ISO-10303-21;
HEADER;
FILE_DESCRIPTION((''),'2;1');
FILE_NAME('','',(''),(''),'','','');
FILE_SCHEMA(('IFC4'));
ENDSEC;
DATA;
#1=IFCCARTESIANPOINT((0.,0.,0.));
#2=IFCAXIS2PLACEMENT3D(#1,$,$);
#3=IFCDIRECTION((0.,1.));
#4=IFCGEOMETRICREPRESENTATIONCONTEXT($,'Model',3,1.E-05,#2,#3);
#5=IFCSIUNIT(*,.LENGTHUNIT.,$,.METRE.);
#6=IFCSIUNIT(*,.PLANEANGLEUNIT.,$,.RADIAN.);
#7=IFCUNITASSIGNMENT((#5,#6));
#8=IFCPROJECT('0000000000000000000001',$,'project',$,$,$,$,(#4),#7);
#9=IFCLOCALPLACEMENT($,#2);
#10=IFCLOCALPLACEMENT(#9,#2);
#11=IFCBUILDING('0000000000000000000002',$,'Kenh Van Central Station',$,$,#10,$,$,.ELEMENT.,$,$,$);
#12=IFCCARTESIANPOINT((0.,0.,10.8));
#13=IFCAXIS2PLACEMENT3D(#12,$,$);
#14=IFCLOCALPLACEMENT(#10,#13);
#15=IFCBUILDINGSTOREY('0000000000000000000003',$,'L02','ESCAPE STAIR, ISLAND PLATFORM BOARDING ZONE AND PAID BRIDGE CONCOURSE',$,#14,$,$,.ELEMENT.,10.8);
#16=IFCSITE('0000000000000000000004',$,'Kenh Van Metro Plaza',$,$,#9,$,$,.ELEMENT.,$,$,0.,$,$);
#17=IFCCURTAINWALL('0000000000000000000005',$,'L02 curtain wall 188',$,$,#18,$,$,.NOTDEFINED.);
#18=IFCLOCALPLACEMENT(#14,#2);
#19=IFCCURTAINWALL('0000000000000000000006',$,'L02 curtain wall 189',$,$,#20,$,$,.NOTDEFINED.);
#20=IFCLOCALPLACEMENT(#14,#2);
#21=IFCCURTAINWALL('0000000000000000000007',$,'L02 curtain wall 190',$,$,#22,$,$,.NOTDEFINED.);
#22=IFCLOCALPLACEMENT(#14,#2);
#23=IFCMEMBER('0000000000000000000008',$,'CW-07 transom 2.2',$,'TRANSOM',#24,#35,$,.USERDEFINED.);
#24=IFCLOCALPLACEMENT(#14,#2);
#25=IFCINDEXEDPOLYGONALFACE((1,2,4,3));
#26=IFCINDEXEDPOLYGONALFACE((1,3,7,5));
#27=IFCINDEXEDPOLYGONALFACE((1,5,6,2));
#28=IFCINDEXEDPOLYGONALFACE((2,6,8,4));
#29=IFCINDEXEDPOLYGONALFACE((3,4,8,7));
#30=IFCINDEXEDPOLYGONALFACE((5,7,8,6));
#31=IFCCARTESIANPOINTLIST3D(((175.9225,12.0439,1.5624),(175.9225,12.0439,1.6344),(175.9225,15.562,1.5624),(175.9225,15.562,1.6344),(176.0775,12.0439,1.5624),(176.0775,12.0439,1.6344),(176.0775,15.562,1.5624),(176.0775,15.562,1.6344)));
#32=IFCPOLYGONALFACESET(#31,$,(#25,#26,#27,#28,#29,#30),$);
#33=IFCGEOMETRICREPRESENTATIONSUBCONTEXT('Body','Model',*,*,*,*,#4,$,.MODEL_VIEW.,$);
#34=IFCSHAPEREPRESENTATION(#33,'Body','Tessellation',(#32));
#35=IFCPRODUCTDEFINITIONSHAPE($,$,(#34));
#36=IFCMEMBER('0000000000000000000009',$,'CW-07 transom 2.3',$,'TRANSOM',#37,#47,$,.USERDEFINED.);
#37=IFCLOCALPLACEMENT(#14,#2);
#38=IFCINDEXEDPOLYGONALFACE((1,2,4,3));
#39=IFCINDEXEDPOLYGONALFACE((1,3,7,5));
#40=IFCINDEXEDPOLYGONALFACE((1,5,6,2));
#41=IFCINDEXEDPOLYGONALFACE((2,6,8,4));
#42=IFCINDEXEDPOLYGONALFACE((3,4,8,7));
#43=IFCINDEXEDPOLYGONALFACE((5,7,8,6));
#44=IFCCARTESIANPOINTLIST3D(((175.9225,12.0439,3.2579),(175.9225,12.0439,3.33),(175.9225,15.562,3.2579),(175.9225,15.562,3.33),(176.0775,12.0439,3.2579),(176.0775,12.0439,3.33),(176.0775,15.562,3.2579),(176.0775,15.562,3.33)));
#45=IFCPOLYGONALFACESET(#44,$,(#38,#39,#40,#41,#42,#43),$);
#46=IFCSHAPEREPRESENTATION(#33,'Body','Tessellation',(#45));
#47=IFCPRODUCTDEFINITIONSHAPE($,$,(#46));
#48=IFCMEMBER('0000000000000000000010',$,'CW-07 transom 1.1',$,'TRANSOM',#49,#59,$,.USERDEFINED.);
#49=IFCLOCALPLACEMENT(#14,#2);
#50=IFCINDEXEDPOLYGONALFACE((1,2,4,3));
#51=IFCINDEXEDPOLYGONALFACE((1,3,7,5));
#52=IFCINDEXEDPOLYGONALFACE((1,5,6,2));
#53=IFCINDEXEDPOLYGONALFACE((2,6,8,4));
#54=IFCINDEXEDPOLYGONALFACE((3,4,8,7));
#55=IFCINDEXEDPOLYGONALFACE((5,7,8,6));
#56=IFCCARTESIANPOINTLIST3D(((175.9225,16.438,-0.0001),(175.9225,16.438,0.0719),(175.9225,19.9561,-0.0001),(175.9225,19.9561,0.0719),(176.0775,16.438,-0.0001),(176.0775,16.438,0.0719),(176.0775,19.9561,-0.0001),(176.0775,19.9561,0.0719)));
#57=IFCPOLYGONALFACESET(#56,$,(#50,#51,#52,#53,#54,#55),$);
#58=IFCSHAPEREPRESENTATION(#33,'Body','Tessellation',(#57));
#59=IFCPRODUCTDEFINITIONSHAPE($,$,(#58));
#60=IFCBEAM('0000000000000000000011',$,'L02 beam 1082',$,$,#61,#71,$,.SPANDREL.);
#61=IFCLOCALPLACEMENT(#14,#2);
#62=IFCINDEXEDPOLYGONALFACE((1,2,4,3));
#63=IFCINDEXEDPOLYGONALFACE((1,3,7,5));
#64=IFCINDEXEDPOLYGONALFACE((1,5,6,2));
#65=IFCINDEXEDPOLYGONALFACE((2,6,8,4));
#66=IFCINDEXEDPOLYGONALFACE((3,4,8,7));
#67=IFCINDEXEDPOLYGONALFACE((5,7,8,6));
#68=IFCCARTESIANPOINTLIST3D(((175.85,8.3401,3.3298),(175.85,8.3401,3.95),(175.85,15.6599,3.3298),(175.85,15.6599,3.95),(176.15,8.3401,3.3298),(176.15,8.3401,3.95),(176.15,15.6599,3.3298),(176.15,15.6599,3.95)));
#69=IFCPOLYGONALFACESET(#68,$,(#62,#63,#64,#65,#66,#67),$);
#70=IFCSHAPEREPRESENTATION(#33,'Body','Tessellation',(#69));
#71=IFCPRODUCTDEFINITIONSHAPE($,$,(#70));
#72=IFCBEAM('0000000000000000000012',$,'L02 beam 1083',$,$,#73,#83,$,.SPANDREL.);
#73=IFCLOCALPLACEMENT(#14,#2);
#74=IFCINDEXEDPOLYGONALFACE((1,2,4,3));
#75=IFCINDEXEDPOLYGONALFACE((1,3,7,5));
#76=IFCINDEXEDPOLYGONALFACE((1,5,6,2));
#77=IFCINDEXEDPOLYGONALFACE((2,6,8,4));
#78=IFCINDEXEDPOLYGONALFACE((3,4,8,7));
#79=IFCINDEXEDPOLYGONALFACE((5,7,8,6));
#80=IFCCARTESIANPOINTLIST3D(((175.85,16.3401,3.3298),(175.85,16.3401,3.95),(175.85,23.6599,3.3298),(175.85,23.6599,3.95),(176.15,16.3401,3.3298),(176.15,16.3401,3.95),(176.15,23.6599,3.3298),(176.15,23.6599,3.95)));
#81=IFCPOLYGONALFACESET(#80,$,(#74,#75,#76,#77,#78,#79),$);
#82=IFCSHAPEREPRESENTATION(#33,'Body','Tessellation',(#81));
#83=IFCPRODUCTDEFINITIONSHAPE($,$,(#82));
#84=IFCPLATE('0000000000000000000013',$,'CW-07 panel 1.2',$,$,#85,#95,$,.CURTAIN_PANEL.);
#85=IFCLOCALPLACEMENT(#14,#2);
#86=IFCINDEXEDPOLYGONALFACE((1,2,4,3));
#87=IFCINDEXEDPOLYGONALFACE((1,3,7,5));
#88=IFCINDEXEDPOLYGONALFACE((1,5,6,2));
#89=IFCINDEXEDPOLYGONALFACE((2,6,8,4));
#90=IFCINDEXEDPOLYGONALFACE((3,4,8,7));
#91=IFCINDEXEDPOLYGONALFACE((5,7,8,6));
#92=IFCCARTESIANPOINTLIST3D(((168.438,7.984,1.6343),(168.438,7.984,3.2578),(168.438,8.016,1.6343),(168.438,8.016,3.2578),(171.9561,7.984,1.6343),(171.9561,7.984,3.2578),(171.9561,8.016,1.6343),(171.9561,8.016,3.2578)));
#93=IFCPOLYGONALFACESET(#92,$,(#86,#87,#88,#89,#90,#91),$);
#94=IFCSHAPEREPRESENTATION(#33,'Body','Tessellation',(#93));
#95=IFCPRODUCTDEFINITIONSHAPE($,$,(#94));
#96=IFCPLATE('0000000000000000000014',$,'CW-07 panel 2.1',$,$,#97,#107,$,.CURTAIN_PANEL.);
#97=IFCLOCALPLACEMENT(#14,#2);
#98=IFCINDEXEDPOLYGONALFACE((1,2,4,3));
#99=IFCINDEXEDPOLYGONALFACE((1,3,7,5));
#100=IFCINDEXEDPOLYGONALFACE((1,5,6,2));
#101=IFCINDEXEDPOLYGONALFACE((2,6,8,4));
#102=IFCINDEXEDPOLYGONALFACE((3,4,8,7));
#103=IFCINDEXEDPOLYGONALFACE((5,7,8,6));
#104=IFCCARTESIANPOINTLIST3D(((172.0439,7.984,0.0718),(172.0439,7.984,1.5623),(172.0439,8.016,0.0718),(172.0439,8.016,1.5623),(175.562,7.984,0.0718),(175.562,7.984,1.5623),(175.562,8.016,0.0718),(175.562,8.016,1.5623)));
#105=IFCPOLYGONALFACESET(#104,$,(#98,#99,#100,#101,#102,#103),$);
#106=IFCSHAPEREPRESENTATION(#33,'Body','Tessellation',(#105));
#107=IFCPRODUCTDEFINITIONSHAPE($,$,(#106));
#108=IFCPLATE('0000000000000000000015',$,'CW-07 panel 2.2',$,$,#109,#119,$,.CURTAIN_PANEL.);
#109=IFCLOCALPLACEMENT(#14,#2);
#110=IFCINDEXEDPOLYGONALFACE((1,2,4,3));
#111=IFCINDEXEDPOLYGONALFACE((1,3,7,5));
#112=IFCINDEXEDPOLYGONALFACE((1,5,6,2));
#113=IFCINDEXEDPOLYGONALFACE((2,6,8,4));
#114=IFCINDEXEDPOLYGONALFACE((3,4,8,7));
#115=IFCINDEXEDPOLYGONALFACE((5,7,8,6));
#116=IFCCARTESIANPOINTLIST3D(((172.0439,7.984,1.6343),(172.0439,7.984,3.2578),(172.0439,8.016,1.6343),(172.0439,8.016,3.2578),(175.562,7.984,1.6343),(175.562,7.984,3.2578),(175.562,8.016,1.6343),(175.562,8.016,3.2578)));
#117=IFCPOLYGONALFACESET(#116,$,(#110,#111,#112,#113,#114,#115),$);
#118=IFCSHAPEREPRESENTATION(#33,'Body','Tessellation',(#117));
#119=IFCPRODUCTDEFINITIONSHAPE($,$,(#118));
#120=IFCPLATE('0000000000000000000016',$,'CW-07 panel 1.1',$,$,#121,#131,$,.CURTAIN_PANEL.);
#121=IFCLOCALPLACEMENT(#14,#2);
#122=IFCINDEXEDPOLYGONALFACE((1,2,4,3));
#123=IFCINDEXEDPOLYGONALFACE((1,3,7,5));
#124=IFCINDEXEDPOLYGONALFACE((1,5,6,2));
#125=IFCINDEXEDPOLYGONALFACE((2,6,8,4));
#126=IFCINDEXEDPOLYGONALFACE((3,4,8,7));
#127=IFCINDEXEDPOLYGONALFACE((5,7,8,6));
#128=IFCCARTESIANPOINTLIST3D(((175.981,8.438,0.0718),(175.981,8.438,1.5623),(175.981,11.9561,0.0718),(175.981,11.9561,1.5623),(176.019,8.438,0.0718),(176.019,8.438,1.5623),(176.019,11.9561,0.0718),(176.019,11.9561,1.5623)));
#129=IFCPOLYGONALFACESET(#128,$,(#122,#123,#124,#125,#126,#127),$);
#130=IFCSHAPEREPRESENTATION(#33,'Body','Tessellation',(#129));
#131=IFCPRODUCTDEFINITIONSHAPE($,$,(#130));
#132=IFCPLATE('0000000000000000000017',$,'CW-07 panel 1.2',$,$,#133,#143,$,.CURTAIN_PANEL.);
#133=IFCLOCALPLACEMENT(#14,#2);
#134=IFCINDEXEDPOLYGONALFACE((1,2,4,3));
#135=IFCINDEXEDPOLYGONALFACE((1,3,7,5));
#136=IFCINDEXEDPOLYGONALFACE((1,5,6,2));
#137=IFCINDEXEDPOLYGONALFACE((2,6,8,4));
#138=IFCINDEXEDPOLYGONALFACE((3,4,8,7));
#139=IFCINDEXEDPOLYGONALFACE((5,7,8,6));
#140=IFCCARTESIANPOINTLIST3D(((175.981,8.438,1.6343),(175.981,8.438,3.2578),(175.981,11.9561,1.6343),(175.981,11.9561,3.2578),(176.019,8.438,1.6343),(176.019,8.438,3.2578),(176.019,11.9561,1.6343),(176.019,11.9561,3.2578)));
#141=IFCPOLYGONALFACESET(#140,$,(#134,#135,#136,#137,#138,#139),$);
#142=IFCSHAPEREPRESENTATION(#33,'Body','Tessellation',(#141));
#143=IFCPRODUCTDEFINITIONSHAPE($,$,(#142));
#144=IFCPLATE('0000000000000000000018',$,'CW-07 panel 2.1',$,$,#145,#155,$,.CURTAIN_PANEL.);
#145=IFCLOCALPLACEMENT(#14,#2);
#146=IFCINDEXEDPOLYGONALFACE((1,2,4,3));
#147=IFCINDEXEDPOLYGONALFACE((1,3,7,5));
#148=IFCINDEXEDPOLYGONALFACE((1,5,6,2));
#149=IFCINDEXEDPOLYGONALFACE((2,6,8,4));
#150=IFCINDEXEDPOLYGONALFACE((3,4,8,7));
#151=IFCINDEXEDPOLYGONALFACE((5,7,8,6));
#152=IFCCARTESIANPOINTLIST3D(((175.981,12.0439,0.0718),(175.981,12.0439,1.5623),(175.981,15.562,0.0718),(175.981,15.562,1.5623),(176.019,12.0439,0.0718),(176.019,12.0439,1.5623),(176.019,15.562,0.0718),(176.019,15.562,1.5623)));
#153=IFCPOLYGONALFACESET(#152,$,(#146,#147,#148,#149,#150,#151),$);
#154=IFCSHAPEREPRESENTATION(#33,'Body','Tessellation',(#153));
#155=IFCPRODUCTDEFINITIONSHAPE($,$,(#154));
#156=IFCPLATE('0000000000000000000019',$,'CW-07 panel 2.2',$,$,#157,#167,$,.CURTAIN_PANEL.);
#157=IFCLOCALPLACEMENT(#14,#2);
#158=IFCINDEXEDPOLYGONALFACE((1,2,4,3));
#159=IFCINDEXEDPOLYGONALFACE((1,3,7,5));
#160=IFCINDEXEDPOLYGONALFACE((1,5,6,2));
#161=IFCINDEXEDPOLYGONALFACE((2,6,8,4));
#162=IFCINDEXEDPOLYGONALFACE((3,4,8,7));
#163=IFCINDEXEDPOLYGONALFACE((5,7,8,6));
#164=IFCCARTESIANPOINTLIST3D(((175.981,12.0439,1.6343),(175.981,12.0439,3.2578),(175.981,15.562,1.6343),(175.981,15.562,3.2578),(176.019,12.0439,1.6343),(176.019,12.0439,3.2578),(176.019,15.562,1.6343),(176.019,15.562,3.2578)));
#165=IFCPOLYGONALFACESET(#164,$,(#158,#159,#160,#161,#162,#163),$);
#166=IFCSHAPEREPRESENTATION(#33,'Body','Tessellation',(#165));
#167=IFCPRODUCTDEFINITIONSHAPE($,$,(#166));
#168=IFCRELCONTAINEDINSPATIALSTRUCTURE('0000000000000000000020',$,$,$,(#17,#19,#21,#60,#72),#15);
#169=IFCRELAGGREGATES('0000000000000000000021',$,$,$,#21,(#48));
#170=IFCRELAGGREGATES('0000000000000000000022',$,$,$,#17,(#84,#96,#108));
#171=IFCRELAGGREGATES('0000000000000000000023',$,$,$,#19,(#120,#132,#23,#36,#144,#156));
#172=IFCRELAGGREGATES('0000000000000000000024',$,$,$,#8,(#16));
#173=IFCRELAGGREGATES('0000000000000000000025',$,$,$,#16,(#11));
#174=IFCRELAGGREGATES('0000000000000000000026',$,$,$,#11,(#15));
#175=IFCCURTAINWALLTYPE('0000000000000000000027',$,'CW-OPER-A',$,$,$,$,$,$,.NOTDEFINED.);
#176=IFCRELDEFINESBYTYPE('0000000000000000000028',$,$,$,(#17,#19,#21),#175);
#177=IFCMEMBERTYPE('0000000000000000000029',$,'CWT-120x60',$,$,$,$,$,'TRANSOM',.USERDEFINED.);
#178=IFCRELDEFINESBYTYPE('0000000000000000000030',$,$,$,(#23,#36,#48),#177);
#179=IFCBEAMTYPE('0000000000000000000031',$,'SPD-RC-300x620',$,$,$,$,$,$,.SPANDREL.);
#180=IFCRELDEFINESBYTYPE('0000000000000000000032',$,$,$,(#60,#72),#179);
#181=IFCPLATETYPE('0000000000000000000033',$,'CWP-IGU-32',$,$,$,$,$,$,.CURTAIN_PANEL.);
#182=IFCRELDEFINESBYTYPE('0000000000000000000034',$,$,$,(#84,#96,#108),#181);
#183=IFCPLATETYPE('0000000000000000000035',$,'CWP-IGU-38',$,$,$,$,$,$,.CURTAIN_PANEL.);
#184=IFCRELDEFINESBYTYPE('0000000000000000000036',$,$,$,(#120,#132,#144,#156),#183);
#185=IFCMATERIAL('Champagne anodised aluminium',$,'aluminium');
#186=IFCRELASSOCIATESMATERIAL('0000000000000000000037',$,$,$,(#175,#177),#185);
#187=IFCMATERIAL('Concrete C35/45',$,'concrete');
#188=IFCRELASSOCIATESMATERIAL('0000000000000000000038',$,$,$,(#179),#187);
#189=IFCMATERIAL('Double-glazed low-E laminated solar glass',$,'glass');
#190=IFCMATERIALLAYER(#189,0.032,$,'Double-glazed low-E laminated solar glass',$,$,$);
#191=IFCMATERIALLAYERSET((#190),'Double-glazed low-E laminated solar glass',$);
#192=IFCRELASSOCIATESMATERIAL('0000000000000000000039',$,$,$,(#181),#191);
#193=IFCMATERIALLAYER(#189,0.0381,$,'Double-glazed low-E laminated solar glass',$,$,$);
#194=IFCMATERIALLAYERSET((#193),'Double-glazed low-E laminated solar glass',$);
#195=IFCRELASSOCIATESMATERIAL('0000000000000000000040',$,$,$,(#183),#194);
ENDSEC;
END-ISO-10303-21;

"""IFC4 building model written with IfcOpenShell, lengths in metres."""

from ifc_helpers import new_model, si_unit, direction, frame, origin, origin_2d, place, context, subcontext, project, spatial, rectangle, extrude, material, layer, layer_set, material_profile, profile_set, type_object, element, aggregate, save


model = new_model("IFC4")

# Units and contexts
model_context = context("Model", 3, precision=1e-05, world=origin(), true_north=direction((0.0, 1.0)))
body_context = subcontext(model_context, "Body", "Model", "MODEL_VIEW")
ifc_project = project(units=[si_unit("LENGTHUNIT", "METRE"), si_unit("PLANEANGLEUNIT", "RADIAN")], contexts=[model_context])

# Site, building, storey
site_placement = place(None, origin())
site = spatial("IfcSite", under=ifc_project, at=site_placement, Name="Kenh Van Metro Plaza", CompositionType="ELEMENT", RefElevation=0.0)
building_placement = place(site_placement, origin())
building = spatial("IfcBuilding", under=site, at=building_placement, Name="Kenh Van Central Station", CompositionType="ELEMENT")
storey_placement = place(building_placement, frame((0.0, 0.0, 10.8)))
storey = spatial("IfcBuildingStorey", under=building, at=storey_placement, Name="L02", Description="ESCAPE STAIR, ISLAND PLATFORM BOARDING ZONE AND PAID BRIDGE CONCOURSE", CompositionType="ELEMENT", Elevation=10.8)

# Curtain walls
ifc_material_1 = material(Name="Champagne anodised aluminium", Category="aluminium")
curtain_wall_type = type_object("IfcCurtainWallType", Name="CW-OPER-A", PredefinedType="NOTDEFINED", material=ifc_material_1)
curtain_wall_1_placement = place(storey_placement, origin())
curtain_wall_1 = element("IfcCurtainWall", 1, at=curtain_wall_1_placement, inside=storey, type_object=curtain_wall_type, Name="L02 curtain wall 188", PredefinedType="NOTDEFINED")
curtain_wall_2_placement = place(storey_placement, origin())
curtain_wall_2 = element("IfcCurtainWall", 2, at=curtain_wall_2_placement, inside=storey, type_object=curtain_wall_type, Name="L02 curtain wall 189", PredefinedType="NOTDEFINED")

# Curtain wall
curtain_wall_3_placement = place(storey_placement, origin())
curtain_wall_3 = element("IfcCurtainWall", 3, at=curtain_wall_3_placement, inside=storey, type_object=curtain_wall_type, Name="L02 curtain wall 190", PredefinedType="NOTDEFINED")

# Members
ifc_material_profile_1 = material_profile(ifc_material_1, rectangle(XDim=0.155, YDim=0.072, at=origin_2d()), Name="AL 155x72")
ifc_profile_set_1 = profile_set([ifc_material_profile_1], Name="Champagne anodised aluminium")
member_type_1 = type_object("IfcMemberType", Name="CWT-120x60", ElementType="TRANSOM", PredefinedType="USERDEFINED", material=ifc_profile_set_1)
member_1_placement = place(storey_placement, frame((176.0, 12.0439, 1.5984), z_axis=(0.0, 1.0, 0.0), x_axis=(-1.0, 0.0, 0.0)))
member_1 = element("IfcMember", 4, at=member_1_placement, type_object=member_type_1, Name="CW-07 transom 2.2", ObjectType="TRANSOM", PredefinedType="USERDEFINED", context=body_context, shape_type="SweptSolid", body=[
    extrude(rectangle(XDim=0.155, YDim=0.072, at=origin_2d()), origin(), (0.0, 0.0, 1.0), 3.5181),
])
member_2_placement = place(storey_placement, frame((176.0, 12.0439, 3.2939), z_axis=(0.0, 1.0, 0.0), x_axis=(-1.0, 0.0, 0.0)))
member_2 = element("IfcMember", 5, at=member_2_placement, type_object=member_type_1, Name="CW-07 transom 2.3", ObjectType="TRANSOM", PredefinedType="USERDEFINED", context=body_context, shape_type="SweptSolid", body=[
    extrude(rectangle(XDim=0.155, YDim=0.072, at=origin_2d()), origin(), (0.0, 0.0, 1.0), 3.5181),
])
member_3_placement = place(storey_placement, frame((176.0, 16.438, 0.0359), z_axis=(0.0, 1.0, 0.0), x_axis=(-1.0, 0.0, 0.0)))
member_3 = element("IfcMember", 6, at=member_3_placement, type_object=member_type_1, Name="CW-07 transom 1.1", ObjectType="TRANSOM", PredefinedType="USERDEFINED", context=body_context, shape_type="SweptSolid", body=[
    extrude(rectangle(XDim=0.155, YDim=0.072, at=origin_2d()), origin(), (0.0, 0.0, 1.0), 3.5181),
])
aggregate(curtain_wall_3, [member_3])

# Beams
ifc_material_2 = material(Name="Concrete C35/45", Category="concrete")
ifc_material_profile_2 = material_profile(ifc_material_2, rectangle(XDim=0.3, YDim=0.6201, at=origin_2d()), Name="RC 300x620")
ifc_profile_set_2 = profile_set([ifc_material_profile_2], Name="Concrete C35/45")
beam_type = type_object("IfcBeamType", Name="SPD-RC-300x620", PredefinedType="SPANDREL", material=ifc_profile_set_2)
for number, where, z_axis, x_axis, name in (
    (7, (176.0, 8.3401, 3.6399), (0.0, 1.0, 0.0), (-1.0, 0.0, 0.0), "L02 beam 1082"),
    (8, (176.0, 16.3401, 3.6399), (0.0, 1.0, 0.0), (-1.0, 0.0, 0.0), "L02 beam 1083"),
):
    element("IfcBeam", number, at=place(storey_placement, frame(where, z_axis=z_axis, x_axis=x_axis)), inside=storey, type_object=beam_type, Name=name, PredefinedType="SPANDREL", context=body_context, shape_type="SweptSolid", body=[
        extrude(rectangle(XDim=0.3, YDim=0.6201, at=origin_2d()), origin(), (0.0, 0.0, 1.0), 7.3198),
    ])

# Plates
ifc_material_3 = material(Name="Double-glazed low-E laminated solar glass", Category="glass")
ifc_layer_1 = layer(ifc_material_3, 0.032, Name="Double-glazed low-E laminated solar glass")
ifc_layer_set_1 = layer_set([ifc_layer_1], Name="Double-glazed low-E laminated solar glass")
plate_type_1 = type_object("IfcPlateType", Name="CWP-IGU-32", PredefinedType="CURTAIN_PANEL", material=ifc_layer_set_1)
plate_1_placement = place(storey_placement, frame((170.197, 8.0, 1.6343), z_axis=(0.0, 0.0, 1.0), x_axis=(1.0, 0.0, 0.0)))
plate_1 = element("IfcPlate", 9, at=plate_1_placement, type_object=plate_type_1, Name="CW-07 panel 1.2", PredefinedType="CURTAIN_PANEL", context=body_context, shape_type="SweptSolid", body=[
    extrude(rectangle(XDim=3.5181, YDim=0.032, at=origin_2d()), origin(), (0.0, 0.0, 1.0), 1.6235),
])
plate_2_placement = place(storey_placement, frame((173.803, 8.0, 0.0718), z_axis=(0.0, 0.0, 1.0), x_axis=(1.0, 0.0, 0.0)))
plate_2 = element("IfcPlate", 10, at=plate_2_placement, type_object=plate_type_1, Name="CW-07 panel 2.1", PredefinedType="CURTAIN_PANEL", context=body_context, shape_type="SweptSolid", body=[
    extrude(rectangle(XDim=3.5181, YDim=0.032, at=origin_2d()), origin(), (0.0, 0.0, 1.0), 1.4905),
])
plate_3_placement = place(storey_placement, frame((173.803, 8.0, 1.6343), z_axis=(0.0, 0.0, 1.0), x_axis=(1.0, 0.0, 0.0)))
plate_3 = element("IfcPlate", 11, at=plate_3_placement, type_object=plate_type_1, Name="CW-07 panel 2.2", PredefinedType="CURTAIN_PANEL", context=body_context, shape_type="SweptSolid", body=[
    extrude(rectangle(XDim=3.5181, YDim=0.032, at=origin_2d()), origin(), (0.0, 0.0, 1.0), 1.6235),
])
aggregate(curtain_wall_1, [plate_1, plate_2, plate_3])
ifc_layer_2 = layer(ifc_material_3, 0.0381, Name="Double-glazed low-E laminated solar glass")
ifc_layer_set_2 = layer_set([ifc_layer_2], Name="Double-glazed low-E laminated solar glass")
plate_type_2 = type_object("IfcPlateType", Name="CWP-IGU-38", PredefinedType="CURTAIN_PANEL", material=ifc_layer_set_2)
plate_4_placement = place(storey_placement, frame((176.0, 10.197, 0.0718), z_axis=(0.0, 0.0, 1.0), x_axis=(0.0, 1.0, 0.0)))
plate_4 = element("IfcPlate", 12, at=plate_4_placement, type_object=plate_type_2, Name="CW-07 panel 1.1", PredefinedType="CURTAIN_PANEL", context=body_context, shape_type="SweptSolid", body=[
    extrude(rectangle(XDim=3.5181, YDim=0.0381, at=origin_2d()), origin(), (0.0, 0.0, 1.0), 1.4905),
])
plate_5_placement = place(storey_placement, frame((176.0, 10.197, 1.6343), z_axis=(0.0, 0.0, 1.0), x_axis=(0.0, 1.0, 0.0)))
plate_5 = element("IfcPlate", 13, at=plate_5_placement, type_object=plate_type_2, Name="CW-07 panel 1.2", PredefinedType="CURTAIN_PANEL", context=body_context, shape_type="SweptSolid", body=[
    extrude(rectangle(XDim=3.5181, YDim=0.0381, at=origin_2d()), origin(), (0.0, 0.0, 1.0), 1.6235),
])
plate_6_placement = place(storey_placement, frame((176.0, 13.803, 0.0718), z_axis=(0.0, 0.0, 1.0), x_axis=(0.0, 1.0, 0.0)))
plate_6 = element("IfcPlate", 14, at=plate_6_placement, type_object=plate_type_2, Name="CW-07 panel 2.1", PredefinedType="CURTAIN_PANEL", context=body_context, shape_type="SweptSolid", body=[
    extrude(rectangle(XDim=3.5181, YDim=0.0381, at=origin_2d()), origin(), (0.0, 0.0, 1.0), 1.4905),
])
plate_7_placement = place(storey_placement, frame((176.0, 13.803, 1.6343), z_axis=(0.0, 0.0, 1.0), x_axis=(0.0, 1.0, 0.0)))
plate_7 = element("IfcPlate", 15, at=plate_7_placement, type_object=plate_type_2, Name="CW-07 panel 2.2", PredefinedType="CURTAIN_PANEL", context=body_context, shape_type="SweptSolid", body=[
    extrude(rectangle(XDim=3.5181, YDim=0.0381, at=origin_2d()), origin(), (0.0, 0.0, 1.0), 1.6235),
])
aggregate(curtain_wall_2, [plate_4, plate_5, member_1, member_2, plate_6, plate_7])

save(model, "model.ifc")
